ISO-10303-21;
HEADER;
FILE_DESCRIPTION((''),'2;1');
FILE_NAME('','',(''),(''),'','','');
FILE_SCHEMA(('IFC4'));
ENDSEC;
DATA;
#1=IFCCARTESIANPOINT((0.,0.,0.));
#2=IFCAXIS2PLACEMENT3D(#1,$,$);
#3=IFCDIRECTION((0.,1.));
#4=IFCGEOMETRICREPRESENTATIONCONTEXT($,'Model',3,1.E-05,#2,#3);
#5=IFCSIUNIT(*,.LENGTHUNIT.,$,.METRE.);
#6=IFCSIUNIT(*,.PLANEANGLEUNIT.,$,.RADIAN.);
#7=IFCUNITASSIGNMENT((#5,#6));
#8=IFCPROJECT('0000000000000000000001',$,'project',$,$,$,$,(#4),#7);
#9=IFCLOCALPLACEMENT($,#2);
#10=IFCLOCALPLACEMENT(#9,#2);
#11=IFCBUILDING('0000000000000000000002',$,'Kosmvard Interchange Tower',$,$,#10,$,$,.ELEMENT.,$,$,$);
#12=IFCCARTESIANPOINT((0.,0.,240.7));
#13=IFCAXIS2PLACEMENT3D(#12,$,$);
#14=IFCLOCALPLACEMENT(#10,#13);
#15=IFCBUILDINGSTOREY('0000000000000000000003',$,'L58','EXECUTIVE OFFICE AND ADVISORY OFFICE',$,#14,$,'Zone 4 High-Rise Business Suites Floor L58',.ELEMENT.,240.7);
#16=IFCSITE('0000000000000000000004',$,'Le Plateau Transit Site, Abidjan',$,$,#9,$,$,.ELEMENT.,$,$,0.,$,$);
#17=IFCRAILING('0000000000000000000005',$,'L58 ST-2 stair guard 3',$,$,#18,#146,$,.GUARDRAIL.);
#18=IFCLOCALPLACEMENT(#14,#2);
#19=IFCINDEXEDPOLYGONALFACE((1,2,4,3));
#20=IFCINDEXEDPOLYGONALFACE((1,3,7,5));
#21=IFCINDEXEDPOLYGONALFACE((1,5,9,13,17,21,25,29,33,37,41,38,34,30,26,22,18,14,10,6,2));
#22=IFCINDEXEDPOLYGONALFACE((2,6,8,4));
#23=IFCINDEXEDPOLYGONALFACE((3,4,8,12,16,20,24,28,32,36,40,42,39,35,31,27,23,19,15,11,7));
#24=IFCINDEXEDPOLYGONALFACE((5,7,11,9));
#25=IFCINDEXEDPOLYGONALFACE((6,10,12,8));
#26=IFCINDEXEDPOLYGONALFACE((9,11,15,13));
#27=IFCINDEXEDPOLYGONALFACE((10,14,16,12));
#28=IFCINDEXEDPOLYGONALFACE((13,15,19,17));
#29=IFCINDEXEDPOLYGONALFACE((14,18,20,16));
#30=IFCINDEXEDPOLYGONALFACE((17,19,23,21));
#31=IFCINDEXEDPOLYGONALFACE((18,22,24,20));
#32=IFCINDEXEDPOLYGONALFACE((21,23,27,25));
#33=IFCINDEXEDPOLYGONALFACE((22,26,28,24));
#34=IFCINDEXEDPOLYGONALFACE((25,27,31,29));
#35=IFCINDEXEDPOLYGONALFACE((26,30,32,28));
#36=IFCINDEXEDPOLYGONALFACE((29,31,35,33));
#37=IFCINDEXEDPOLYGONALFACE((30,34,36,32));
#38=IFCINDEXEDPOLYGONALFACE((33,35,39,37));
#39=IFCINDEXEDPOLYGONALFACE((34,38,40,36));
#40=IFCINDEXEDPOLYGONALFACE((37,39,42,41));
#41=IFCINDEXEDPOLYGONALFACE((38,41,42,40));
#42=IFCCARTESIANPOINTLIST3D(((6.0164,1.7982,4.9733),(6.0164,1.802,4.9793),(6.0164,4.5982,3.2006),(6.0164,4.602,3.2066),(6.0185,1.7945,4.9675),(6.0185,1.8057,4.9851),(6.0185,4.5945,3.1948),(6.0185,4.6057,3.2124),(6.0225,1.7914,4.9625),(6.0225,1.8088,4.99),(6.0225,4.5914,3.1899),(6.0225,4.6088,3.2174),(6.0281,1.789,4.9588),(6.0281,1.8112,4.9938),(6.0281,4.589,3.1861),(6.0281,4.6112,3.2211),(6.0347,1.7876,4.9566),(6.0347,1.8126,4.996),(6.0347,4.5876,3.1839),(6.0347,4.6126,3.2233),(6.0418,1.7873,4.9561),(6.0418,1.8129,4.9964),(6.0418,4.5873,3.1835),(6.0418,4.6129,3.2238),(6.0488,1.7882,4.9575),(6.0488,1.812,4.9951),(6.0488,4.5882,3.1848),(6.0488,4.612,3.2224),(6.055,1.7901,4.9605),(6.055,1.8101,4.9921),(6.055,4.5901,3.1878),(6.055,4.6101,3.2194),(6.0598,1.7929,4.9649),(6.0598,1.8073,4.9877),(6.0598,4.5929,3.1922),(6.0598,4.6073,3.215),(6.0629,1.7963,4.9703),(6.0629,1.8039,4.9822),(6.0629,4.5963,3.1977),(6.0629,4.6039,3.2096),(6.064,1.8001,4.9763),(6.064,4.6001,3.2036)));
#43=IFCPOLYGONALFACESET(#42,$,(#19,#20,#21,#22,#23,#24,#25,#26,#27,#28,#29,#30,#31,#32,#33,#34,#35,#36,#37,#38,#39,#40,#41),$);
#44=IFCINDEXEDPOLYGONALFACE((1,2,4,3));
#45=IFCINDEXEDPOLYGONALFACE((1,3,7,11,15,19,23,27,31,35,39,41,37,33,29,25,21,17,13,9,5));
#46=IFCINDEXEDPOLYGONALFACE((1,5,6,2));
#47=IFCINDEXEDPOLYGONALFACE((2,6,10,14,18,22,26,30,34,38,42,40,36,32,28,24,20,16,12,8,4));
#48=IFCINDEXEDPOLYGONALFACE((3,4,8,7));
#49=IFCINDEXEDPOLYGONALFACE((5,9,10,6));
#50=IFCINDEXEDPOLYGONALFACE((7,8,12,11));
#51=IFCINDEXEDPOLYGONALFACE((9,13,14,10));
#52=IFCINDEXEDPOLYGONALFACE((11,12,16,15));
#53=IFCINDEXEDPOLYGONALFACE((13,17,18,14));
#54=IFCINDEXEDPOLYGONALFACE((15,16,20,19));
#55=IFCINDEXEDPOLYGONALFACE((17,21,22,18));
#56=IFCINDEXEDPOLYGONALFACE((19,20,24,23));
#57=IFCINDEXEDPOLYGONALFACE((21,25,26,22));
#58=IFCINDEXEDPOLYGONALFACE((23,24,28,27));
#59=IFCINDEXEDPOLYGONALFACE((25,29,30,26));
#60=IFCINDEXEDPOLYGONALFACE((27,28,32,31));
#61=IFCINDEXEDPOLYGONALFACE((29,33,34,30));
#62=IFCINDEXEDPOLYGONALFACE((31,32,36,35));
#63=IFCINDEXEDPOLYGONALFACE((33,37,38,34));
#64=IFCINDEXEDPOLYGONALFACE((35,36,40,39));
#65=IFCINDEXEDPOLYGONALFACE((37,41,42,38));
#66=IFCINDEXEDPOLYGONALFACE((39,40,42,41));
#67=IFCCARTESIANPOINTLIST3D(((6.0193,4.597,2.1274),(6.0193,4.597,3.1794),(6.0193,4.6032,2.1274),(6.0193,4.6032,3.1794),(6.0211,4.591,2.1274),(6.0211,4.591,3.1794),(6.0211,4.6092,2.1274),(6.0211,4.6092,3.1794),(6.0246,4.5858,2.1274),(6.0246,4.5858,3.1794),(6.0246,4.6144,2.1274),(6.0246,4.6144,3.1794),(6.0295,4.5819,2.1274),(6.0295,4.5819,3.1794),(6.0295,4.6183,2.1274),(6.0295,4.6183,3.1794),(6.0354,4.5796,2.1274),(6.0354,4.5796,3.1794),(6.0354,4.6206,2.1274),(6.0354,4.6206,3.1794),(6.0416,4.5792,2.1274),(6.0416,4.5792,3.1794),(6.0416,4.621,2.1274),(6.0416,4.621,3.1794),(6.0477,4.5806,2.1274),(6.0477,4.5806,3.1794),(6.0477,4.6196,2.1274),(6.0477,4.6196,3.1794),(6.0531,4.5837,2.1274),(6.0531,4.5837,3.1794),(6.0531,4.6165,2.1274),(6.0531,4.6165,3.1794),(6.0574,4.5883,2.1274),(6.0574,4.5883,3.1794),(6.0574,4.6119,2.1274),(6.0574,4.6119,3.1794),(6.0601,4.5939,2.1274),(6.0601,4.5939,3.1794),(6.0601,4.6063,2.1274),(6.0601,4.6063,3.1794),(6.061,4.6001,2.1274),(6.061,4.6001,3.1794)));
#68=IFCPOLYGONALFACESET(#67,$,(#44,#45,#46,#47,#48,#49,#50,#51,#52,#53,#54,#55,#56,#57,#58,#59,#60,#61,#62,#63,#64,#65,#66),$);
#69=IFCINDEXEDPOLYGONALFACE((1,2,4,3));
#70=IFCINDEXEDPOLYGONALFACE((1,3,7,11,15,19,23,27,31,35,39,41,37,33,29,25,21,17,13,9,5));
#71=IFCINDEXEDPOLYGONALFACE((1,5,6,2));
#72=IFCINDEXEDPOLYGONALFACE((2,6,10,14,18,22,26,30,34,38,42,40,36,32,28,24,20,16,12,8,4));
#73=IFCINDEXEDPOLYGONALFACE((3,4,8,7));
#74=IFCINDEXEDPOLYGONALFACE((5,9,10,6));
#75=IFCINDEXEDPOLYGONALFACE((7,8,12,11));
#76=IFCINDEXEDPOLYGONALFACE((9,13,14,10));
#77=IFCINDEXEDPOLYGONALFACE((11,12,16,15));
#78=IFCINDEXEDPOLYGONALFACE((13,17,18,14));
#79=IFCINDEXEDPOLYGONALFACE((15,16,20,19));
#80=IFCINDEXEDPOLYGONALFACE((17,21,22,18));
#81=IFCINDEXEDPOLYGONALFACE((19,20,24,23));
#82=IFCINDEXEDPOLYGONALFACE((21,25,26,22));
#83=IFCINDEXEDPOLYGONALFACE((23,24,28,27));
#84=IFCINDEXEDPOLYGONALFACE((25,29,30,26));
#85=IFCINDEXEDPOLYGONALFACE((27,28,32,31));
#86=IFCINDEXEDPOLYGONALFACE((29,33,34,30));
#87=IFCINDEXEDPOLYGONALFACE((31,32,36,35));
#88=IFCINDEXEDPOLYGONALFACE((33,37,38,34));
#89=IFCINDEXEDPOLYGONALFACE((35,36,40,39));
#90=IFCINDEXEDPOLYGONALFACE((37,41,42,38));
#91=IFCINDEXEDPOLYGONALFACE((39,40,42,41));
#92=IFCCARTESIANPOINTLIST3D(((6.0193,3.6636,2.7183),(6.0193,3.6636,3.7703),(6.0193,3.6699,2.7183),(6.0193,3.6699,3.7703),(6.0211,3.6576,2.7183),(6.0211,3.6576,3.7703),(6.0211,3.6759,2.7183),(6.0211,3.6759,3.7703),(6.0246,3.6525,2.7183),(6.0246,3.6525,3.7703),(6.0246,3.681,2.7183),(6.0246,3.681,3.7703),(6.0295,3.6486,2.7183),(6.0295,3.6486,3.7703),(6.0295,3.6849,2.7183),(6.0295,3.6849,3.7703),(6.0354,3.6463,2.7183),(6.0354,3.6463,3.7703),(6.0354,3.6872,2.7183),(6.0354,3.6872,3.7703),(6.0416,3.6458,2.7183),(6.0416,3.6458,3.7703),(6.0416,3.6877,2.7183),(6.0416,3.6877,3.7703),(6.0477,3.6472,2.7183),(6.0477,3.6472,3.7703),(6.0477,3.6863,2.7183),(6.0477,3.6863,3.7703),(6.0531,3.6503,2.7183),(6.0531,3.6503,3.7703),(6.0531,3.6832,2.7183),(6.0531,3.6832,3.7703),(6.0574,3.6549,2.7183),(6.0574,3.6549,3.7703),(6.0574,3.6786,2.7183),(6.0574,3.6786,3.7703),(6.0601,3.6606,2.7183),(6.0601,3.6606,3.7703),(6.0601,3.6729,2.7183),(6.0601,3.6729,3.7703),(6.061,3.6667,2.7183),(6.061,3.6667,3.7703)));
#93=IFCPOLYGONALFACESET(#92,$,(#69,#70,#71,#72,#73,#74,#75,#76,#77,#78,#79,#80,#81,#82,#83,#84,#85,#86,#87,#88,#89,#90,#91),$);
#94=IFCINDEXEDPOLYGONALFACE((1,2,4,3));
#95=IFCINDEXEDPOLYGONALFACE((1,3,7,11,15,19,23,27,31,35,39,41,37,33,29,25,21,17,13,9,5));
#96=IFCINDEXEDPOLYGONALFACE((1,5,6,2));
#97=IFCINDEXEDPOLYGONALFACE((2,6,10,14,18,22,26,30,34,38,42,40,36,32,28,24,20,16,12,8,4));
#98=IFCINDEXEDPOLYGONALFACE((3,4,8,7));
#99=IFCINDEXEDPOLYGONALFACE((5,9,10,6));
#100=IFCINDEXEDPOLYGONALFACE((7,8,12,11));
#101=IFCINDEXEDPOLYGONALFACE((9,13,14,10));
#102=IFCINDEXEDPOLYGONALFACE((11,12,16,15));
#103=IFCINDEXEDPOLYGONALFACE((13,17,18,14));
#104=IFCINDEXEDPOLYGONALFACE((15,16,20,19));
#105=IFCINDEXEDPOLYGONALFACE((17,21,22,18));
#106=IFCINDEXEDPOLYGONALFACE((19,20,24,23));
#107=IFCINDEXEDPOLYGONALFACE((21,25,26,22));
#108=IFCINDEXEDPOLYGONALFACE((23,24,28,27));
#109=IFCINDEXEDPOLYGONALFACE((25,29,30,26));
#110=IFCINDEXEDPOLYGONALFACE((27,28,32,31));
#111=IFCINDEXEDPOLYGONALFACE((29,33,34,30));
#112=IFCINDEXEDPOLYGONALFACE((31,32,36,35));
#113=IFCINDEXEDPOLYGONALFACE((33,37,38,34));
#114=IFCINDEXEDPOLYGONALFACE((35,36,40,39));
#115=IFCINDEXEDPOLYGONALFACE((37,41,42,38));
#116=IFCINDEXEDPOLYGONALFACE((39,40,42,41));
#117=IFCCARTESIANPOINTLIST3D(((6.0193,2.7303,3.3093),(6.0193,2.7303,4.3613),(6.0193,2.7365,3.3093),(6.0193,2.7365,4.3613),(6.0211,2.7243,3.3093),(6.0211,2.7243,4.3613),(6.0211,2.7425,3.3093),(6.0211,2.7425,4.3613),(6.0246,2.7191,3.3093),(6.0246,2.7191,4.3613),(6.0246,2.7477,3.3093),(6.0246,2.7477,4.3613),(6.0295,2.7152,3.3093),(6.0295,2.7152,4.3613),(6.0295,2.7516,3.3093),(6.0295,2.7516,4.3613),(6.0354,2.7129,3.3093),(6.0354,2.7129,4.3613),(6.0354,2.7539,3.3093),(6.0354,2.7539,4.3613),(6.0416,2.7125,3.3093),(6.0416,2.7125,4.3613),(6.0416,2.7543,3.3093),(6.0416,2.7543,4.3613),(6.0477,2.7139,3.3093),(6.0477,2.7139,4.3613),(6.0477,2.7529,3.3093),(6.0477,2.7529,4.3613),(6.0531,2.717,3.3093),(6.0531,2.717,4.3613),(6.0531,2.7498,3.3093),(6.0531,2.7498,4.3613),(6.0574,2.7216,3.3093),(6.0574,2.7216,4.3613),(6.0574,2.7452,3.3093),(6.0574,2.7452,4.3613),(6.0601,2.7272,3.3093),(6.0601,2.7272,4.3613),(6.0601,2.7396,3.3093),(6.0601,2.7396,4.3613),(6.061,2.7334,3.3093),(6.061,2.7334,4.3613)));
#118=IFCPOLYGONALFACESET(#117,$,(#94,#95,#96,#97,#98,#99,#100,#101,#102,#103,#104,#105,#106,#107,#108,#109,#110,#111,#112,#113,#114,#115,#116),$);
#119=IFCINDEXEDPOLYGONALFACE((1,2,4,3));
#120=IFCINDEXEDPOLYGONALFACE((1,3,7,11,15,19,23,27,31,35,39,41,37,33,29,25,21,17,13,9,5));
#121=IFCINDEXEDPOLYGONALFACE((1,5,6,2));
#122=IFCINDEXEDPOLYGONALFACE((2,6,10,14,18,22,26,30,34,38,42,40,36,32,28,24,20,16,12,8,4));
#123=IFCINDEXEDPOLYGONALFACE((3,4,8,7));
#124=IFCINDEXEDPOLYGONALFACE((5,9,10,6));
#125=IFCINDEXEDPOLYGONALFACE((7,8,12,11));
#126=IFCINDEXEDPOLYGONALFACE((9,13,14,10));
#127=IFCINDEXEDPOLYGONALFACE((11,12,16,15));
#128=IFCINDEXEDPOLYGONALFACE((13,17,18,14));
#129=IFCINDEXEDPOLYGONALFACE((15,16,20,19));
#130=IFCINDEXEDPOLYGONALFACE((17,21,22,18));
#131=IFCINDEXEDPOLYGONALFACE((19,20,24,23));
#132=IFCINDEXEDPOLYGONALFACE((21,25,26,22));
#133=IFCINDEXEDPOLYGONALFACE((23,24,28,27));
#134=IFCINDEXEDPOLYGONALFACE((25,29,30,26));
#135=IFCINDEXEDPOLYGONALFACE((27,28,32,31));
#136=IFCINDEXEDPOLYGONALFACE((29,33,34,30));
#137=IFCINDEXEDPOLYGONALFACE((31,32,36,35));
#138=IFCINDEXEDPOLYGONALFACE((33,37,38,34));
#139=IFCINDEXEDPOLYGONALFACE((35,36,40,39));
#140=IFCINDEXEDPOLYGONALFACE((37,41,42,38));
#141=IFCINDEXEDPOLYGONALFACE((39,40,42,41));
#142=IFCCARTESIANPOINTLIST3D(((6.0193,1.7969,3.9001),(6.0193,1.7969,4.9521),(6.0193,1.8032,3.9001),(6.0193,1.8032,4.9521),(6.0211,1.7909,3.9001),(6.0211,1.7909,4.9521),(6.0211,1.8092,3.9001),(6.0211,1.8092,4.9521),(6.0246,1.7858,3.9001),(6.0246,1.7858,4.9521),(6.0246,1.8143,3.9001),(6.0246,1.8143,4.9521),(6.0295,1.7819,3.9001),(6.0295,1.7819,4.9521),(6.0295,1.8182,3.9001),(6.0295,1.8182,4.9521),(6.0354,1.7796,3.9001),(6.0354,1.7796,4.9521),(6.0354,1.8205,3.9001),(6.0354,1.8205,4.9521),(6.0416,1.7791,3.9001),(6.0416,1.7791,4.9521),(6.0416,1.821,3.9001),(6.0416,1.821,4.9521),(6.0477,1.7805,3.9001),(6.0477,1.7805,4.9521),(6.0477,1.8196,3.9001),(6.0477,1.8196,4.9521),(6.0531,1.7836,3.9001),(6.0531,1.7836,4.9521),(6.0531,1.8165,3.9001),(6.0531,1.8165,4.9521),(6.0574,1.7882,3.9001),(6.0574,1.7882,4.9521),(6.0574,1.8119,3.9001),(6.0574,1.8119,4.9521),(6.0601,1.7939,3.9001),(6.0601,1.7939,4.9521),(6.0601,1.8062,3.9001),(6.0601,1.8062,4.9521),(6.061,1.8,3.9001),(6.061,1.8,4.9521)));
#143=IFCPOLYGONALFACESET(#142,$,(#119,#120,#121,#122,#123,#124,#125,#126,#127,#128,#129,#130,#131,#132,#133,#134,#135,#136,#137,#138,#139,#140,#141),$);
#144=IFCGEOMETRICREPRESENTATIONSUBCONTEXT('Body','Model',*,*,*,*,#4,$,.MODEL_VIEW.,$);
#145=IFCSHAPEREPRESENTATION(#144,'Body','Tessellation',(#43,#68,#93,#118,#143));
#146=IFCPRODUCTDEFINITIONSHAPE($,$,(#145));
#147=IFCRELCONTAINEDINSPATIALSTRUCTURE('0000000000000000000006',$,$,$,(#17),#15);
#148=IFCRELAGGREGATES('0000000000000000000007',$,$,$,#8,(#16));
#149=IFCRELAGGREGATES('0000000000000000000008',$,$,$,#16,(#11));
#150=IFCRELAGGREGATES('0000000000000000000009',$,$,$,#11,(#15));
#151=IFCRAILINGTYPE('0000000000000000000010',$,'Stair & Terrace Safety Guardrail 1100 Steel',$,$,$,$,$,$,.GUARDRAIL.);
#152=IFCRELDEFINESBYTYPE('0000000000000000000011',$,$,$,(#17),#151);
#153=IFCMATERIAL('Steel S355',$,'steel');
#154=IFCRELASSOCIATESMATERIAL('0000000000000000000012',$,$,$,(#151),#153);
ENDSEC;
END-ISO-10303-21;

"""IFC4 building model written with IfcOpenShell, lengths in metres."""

from ifc_helpers import new_model, si_unit, direction, frame, origin, origin_2d, place, context, subcontext, project, spatial, circle, extrude, source, transform, mapped, material, type_object, element, save


model = new_model("IFC4")

# Units and contexts
model_context = context("Model", 3, precision=1e-05, world=origin(), true_north=direction((0.0, 1.0)))
body_context = subcontext(model_context, "Body", "Model", "MODEL_VIEW")
ifc_project = project(units=[si_unit("LENGTHUNIT", "METRE"), si_unit("PLANEANGLEUNIT", "RADIAN")], contexts=[model_context])

# Site, building, storey
site_placement = place(None, origin())
site = spatial("IfcSite", under=ifc_project, at=site_placement, Name="Le Plateau Transit Site, Abidjan", CompositionType="ELEMENT", RefElevation=0.0)
building_placement = place(site_placement, origin())
building = spatial("IfcBuilding", under=site, at=building_placement, Name="Kosmvard Interchange Tower", CompositionType="ELEMENT")
storey_placement = place(building_placement, frame((0.0, 0.0, 240.7)))
storey = spatial("IfcBuildingStorey", under=building, at=storey_placement, Name="L58", Description="EXECUTIVE OFFICE AND ADVISORY OFFICE", LongName="Zone 4 High-Rise Business Suites Floor L58", CompositionType="ELEMENT", Elevation=240.7)

# Shared definitions
ifc_material_1 = material(Name="Steel S355", Category="steel")

# Railing
railing_type_1 = type_object("IfcRailingType", Name="Stair & Terrace Safety Guardrail 1100 Steel", PredefinedType="GUARDRAIL", material=ifc_material_1)
shared_shape_1 = source(origin(), body_context, "Body", "SweptSolid", [
    extrude(circle(Radius=0.0239, at=origin_2d()), frame((0.0, 0.0, 1.0762), z_axis=(0.0, -0.844909, 0.53491), x_axis=(1.0, 0.0, 0.0)), (0.0, 0.0, 1.0), 3.314),
    extrude(circle(Radius=0.021, at=origin_2d()), origin(), (0.0, 0.0, 1.0), 1.052),
    extrude(circle(Radius=0.021, at=origin_2d()), frame((0.0, -0.9333, 0.5908)), (0.0, 0.0, 1.0), 1.052),
    extrude(circle(Radius=0.021, at=origin_2d()), frame((0.0, -1.8667, 1.1819)), (0.0, 0.0, 1.0), 1.052),
    extrude(circle(Radius=0.021, at=origin_2d()), frame((0.0, -2.8, 1.7727)), (0.0, 0.0, 1.0), 1.052),
])
railing_1_placement = place(storey_placement, frame((6.04, 4.6001, 2.1274)))
element("IfcRailing", 1, at=railing_1_placement, inside=storey, type_object=railing_type_1, Name="L58 ST-2 stair guard 3", PredefinedType="GUARDRAIL", context=body_context, shape_type="MappedRepresentation", body=[
    mapped(shared_shape_1, transform((0.0, 0.0, 0.0), scale=1.0)),
])

save(model, "model.ifc")
